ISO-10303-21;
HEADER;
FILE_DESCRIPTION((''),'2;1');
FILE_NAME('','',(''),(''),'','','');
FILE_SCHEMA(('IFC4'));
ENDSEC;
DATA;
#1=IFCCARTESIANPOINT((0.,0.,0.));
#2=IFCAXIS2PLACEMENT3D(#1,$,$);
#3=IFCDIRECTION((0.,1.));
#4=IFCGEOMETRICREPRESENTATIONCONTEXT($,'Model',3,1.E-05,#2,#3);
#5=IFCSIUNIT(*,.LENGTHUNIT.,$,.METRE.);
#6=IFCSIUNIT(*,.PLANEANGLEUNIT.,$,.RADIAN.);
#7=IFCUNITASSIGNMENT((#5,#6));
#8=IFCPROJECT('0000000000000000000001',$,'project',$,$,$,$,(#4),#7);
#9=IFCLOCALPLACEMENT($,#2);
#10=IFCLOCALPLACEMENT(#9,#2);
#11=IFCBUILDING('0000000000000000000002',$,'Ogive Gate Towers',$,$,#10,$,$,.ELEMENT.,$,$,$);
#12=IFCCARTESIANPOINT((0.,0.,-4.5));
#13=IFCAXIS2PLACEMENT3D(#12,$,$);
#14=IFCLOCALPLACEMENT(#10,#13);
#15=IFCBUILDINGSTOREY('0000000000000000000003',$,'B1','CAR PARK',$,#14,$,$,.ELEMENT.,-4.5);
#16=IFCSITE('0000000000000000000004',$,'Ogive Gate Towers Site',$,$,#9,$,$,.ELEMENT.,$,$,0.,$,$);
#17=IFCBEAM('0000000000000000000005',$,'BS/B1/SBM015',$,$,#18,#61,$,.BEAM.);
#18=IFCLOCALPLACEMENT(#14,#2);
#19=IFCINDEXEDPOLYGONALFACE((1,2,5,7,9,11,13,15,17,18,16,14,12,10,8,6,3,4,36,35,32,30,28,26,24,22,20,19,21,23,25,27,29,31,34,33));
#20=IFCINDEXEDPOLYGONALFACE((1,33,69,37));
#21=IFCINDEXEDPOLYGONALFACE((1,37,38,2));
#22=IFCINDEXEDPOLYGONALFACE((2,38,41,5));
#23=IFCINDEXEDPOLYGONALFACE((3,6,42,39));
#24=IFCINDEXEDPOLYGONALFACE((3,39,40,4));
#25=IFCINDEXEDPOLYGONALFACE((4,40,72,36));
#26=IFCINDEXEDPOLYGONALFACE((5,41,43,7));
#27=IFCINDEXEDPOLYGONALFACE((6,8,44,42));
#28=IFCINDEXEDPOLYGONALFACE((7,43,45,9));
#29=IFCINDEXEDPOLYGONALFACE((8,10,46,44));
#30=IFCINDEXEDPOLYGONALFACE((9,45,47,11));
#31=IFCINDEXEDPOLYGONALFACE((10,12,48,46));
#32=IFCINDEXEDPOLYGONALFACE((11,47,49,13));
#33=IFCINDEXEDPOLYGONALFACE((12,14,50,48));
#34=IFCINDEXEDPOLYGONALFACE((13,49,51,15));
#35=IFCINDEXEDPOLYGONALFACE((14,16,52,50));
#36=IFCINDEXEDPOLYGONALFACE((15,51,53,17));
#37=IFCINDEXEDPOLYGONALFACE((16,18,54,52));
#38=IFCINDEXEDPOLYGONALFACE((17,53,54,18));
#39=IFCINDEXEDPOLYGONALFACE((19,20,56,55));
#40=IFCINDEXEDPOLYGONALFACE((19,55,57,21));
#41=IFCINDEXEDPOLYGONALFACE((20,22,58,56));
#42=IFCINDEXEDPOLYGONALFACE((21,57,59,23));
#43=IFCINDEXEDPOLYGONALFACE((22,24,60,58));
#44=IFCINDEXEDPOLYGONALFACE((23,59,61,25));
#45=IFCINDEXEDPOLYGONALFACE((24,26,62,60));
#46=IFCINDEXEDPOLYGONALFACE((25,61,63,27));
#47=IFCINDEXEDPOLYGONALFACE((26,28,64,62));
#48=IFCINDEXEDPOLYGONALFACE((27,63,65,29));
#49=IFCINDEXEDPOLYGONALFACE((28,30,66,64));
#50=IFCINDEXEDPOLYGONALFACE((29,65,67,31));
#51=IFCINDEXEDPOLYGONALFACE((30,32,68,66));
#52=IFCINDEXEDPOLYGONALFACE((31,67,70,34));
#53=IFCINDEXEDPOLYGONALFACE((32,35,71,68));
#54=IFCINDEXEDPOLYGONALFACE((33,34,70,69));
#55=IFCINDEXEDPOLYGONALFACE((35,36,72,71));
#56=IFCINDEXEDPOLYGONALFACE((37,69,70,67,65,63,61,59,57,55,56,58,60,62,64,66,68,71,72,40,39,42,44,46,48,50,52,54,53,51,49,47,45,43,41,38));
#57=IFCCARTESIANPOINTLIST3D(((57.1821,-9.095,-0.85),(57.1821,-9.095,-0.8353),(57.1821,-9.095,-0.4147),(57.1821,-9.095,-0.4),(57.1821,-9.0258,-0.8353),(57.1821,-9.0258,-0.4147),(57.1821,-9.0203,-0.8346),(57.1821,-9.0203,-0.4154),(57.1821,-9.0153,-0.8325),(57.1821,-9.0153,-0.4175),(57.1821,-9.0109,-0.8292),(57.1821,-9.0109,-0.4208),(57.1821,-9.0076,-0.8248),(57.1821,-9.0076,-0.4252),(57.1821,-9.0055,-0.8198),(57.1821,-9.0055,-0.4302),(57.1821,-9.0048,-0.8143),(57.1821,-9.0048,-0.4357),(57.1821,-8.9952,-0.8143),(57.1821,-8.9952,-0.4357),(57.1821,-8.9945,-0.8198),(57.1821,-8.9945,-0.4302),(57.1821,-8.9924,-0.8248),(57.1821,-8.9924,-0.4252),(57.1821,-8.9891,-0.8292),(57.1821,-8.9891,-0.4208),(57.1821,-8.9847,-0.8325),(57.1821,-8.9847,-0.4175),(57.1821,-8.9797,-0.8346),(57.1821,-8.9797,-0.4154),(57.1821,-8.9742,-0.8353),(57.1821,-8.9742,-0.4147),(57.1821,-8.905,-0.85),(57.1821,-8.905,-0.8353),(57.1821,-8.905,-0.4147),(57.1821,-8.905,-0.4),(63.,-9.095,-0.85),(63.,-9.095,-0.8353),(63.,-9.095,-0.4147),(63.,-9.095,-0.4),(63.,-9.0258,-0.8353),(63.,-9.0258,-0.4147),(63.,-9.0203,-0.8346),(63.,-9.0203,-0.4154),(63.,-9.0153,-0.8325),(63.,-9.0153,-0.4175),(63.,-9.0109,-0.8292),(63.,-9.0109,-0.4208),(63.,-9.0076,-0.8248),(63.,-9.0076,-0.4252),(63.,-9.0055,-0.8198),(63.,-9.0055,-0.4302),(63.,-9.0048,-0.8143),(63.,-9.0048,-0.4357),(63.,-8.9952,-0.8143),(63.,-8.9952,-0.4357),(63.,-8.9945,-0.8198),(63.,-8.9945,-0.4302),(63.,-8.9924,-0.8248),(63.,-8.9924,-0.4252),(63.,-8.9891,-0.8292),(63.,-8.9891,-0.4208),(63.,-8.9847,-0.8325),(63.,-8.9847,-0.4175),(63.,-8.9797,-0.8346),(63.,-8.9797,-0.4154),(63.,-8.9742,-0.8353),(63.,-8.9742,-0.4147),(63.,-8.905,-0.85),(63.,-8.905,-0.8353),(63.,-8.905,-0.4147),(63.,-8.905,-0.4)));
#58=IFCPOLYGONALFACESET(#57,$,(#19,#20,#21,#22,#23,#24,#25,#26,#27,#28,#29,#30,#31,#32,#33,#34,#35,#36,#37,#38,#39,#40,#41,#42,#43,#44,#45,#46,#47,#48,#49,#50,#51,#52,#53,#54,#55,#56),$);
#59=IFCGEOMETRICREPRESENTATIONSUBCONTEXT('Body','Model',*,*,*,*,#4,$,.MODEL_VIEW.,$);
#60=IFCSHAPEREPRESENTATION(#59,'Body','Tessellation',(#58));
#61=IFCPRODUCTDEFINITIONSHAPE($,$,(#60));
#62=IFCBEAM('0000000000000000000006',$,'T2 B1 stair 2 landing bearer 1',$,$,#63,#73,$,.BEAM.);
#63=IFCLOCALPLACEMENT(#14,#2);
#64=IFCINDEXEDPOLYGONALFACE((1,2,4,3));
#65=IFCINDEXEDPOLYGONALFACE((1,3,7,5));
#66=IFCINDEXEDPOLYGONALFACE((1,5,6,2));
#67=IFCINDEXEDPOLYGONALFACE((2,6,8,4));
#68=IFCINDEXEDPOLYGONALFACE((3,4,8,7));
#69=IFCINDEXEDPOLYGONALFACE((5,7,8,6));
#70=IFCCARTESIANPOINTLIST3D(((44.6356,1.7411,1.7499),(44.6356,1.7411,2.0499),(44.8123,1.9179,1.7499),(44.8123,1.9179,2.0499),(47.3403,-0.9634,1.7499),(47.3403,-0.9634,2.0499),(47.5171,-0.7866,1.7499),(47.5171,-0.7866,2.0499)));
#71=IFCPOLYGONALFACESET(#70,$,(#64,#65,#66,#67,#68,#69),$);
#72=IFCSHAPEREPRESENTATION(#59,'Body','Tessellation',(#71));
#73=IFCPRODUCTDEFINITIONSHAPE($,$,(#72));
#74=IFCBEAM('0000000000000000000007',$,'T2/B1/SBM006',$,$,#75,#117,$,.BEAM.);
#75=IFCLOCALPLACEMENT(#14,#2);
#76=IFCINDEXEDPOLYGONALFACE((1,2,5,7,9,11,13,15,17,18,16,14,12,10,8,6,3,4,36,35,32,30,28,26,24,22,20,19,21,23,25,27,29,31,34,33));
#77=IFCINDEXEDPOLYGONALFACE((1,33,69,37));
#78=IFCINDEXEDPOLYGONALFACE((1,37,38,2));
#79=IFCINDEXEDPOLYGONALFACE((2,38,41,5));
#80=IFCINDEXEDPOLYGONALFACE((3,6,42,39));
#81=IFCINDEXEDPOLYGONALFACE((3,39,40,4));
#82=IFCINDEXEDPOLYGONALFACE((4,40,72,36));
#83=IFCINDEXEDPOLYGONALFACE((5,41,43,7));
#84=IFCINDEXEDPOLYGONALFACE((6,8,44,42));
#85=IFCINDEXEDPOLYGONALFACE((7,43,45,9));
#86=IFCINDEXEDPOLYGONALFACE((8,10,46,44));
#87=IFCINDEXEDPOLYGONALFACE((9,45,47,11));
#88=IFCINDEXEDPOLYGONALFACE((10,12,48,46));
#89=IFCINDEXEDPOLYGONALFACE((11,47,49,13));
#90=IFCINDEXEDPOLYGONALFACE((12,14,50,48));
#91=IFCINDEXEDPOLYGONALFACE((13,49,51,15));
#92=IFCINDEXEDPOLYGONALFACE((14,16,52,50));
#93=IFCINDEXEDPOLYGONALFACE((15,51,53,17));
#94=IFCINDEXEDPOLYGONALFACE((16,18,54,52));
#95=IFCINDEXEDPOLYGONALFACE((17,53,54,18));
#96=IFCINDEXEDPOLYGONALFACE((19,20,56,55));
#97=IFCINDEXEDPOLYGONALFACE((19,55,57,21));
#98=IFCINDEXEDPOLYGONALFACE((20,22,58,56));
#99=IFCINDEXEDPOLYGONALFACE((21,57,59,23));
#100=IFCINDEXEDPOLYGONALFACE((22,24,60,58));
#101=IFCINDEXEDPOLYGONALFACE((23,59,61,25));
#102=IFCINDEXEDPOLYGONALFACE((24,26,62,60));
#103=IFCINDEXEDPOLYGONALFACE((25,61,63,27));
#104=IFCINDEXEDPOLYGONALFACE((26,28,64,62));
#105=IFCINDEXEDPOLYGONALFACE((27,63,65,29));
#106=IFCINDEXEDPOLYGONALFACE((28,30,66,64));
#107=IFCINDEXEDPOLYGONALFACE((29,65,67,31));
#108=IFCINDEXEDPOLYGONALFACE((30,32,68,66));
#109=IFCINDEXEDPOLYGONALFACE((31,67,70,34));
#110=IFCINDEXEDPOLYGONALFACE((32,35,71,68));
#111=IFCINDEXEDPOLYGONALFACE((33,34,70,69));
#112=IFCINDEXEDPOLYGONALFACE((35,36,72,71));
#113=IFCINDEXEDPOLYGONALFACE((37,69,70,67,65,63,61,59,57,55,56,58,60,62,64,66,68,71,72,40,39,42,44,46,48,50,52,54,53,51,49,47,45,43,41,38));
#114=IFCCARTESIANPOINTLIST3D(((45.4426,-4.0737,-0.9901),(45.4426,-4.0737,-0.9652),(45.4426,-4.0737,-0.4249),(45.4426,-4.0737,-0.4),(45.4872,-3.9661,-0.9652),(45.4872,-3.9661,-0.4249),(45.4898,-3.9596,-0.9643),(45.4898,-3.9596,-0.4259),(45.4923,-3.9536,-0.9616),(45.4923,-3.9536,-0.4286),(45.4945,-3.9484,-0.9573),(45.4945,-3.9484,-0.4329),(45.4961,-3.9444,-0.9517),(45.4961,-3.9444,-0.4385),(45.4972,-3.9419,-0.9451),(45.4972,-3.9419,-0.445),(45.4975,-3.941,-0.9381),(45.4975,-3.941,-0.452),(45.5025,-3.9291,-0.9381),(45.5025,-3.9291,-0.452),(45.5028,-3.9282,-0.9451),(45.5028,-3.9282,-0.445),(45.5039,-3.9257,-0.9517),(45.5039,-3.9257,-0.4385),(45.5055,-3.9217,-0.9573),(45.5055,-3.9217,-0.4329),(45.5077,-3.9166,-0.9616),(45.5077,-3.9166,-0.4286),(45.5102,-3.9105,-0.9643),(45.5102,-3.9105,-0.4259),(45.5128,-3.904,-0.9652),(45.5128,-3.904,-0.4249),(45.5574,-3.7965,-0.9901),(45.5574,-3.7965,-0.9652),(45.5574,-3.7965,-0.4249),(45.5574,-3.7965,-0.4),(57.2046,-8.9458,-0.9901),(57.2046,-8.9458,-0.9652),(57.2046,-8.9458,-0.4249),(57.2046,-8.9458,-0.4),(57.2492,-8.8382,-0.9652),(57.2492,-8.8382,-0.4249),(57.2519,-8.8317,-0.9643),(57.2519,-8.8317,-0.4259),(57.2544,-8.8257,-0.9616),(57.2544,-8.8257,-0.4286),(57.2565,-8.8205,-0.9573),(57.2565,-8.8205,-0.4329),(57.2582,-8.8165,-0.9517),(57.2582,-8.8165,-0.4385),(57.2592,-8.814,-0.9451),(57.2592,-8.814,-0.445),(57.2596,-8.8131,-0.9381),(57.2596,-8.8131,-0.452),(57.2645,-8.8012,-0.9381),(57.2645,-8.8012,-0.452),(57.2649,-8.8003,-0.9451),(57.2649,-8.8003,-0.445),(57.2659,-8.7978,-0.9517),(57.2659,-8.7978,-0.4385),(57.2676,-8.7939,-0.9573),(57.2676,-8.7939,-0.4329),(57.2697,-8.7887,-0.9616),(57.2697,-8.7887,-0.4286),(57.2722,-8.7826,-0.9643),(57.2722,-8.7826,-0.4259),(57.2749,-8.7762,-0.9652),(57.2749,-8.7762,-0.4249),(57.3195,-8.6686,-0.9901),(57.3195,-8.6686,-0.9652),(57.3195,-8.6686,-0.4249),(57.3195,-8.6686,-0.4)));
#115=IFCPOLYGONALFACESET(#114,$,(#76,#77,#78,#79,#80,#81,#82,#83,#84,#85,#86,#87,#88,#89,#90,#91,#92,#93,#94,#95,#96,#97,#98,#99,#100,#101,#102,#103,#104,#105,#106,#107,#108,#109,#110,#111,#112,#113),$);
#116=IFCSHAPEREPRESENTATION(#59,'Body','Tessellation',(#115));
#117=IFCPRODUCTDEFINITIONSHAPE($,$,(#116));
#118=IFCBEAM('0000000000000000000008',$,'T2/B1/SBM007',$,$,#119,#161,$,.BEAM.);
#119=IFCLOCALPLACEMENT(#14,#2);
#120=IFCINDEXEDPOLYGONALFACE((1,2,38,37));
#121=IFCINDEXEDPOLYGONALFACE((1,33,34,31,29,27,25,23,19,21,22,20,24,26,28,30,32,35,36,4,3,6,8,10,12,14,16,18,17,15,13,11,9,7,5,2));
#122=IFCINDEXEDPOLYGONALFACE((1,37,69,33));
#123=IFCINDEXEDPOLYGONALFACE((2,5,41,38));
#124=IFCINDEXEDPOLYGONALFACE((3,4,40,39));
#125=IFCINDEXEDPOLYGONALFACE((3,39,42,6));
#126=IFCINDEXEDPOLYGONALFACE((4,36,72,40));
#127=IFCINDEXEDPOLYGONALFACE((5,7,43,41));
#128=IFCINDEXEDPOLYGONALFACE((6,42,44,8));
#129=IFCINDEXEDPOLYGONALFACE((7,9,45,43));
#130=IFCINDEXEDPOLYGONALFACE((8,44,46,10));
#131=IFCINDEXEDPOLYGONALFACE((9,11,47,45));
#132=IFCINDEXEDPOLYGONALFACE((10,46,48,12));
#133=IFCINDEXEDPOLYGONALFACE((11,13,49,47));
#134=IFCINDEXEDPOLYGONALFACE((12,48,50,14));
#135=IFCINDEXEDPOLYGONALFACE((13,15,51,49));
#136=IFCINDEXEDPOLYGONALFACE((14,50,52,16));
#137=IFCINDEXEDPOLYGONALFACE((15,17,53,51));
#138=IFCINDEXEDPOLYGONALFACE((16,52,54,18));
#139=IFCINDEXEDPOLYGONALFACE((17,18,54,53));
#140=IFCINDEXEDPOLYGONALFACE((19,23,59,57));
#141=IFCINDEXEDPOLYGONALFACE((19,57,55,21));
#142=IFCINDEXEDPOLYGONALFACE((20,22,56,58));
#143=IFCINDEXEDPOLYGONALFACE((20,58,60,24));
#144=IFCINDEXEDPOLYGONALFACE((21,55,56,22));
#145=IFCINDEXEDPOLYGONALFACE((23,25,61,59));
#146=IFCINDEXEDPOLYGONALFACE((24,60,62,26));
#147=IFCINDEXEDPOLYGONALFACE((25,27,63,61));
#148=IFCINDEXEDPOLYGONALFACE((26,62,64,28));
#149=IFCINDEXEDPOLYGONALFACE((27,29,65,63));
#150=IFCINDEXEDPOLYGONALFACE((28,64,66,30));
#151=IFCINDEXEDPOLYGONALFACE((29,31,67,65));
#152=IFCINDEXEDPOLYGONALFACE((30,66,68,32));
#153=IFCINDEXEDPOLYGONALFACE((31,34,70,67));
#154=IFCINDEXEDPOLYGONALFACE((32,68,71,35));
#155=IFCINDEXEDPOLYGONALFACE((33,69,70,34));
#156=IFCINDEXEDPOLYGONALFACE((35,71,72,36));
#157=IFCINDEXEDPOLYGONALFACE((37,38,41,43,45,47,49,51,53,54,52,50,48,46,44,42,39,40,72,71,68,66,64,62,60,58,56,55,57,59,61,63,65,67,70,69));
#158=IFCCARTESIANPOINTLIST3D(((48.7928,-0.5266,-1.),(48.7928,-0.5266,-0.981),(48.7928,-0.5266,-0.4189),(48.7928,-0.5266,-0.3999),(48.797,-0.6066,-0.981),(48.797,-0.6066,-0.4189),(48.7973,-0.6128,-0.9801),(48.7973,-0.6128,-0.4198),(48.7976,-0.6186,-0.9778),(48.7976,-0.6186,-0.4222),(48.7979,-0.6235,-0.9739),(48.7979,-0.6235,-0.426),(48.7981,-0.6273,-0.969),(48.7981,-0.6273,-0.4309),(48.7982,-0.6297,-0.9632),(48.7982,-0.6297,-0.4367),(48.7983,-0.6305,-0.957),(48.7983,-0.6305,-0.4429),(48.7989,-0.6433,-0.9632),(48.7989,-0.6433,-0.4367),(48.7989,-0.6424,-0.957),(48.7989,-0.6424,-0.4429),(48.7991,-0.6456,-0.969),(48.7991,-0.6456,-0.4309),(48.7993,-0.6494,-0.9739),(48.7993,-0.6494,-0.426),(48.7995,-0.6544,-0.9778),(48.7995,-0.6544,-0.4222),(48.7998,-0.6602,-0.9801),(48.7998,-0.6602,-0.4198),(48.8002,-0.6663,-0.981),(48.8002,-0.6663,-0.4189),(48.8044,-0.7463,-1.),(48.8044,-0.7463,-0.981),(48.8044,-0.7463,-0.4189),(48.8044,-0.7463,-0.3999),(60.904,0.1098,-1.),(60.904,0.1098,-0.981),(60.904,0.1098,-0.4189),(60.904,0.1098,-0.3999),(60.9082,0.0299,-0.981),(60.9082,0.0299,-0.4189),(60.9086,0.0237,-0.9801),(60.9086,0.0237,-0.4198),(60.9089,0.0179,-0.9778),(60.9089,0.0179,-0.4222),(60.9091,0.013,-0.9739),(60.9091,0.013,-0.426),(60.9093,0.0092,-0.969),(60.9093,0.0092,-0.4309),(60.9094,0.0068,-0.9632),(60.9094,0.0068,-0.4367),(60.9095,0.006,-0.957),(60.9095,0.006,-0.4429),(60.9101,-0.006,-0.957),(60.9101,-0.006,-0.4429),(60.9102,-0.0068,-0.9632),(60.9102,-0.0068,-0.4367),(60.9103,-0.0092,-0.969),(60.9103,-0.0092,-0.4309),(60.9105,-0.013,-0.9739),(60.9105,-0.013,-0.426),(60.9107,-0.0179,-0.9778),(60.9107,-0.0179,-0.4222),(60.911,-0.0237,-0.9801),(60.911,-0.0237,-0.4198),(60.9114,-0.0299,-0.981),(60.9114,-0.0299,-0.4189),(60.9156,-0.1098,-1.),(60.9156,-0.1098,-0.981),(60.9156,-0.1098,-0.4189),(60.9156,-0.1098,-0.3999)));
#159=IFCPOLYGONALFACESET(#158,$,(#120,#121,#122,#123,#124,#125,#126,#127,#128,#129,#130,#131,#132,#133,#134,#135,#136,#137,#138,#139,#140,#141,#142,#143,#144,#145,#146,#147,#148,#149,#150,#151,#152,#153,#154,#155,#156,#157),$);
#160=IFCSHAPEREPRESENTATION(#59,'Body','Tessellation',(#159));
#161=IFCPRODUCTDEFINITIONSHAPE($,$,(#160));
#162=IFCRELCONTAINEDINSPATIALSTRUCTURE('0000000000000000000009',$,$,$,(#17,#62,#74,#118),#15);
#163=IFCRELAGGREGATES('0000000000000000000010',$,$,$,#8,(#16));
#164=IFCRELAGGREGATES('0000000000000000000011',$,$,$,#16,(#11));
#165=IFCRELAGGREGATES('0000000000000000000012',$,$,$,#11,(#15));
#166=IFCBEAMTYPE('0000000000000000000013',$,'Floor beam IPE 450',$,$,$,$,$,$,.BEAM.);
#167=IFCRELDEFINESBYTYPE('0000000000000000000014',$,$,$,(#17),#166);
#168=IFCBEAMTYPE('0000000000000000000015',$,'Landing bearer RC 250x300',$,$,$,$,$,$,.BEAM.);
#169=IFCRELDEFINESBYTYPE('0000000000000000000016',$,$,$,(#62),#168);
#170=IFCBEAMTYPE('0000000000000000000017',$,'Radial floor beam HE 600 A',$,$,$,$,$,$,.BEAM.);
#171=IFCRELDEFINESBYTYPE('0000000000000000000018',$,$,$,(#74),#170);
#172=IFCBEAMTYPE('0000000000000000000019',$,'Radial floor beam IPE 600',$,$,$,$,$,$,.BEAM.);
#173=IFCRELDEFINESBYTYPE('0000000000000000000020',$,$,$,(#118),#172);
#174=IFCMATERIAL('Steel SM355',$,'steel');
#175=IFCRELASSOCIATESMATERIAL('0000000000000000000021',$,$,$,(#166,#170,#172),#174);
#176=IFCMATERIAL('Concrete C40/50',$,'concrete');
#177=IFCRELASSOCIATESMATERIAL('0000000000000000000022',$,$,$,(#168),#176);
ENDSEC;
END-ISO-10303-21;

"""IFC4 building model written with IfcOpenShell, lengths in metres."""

from ifc_helpers import new_model, si_unit, direction, frame, origin, origin_2d, place, context, subcontext, project, spatial, rectangle, i_section, extrude, material, material_profile, profile_set, type_object, element, save


model = new_model("IFC4")

# Units and contexts
model_context = context("Model", 3, precision=1e-05, world=origin(), true_north=direction((0.0, 1.0)))
body_context = subcontext(model_context, "Body", "Model", "MODEL_VIEW")
ifc_project = project(units=[si_unit("LENGTHUNIT", "METRE"), si_unit("PLANEANGLEUNIT", "RADIAN")], contexts=[model_context])

# Site, building, storey
site_placement = place(None, origin())
site = spatial("IfcSite", under=ifc_project, at=site_placement, Name="Ogive Gate Towers Site", CompositionType="ELEMENT", RefElevation=0.0)
building_placement = place(site_placement, origin())
building = spatial("IfcBuilding", under=site, at=building_placement, Name="Ogive Gate Towers", CompositionType="ELEMENT")
storey_placement = place(building_placement, frame((0.0, 0.0, -4.5)))
storey = spatial("IfcBuildingStorey", under=building, at=storey_placement, Name="B1", Description="CAR PARK", CompositionType="ELEMENT", Elevation=-4.5)

# Beams
ifc_material_1 = material(Name="Steel SM355", Category="steel")
ifc_material_profile_1 = material_profile(ifc_material_1, i_section(OverallWidth=0.1899, OverallDepth=0.45, WebThickness=0.0095, FlangeThickness=0.0146, FilletRadius=0.021, at=origin_2d()), Name="IPE 450")
ifc_profile_set_1 = profile_set([ifc_material_profile_1], Name="Steel SM355")
beam_type_1 = type_object("IfcBeamType", Name="Floor beam IPE 450", PredefinedType="BEAM", material=ifc_profile_set_1)
beam_1_placement = place(storey_placement, frame((63.0, -9.0, -0.625), z_axis=(-1.0, 0.0, 0.0), x_axis=(0.0, -1.0, 0.0)))
element("IfcBeam", 1, at=beam_1_placement, inside=storey, type_object=beam_type_1, Name="BS/B1/SBM015", PredefinedType="BEAM", context=body_context, shape_type="SweptSolid", body=[
    extrude(i_section(OverallWidth=0.1899, OverallDepth=0.45, WebThickness=0.0095, FlangeThickness=0.0146, FilletRadius=0.021, at=origin_2d()), origin(), (0.0, 0.0, 1.0), 5.8179),
])
ifc_material_2 = material(Name="Concrete C40/50", Category="concrete")
ifc_material_profile_2 = material_profile(ifc_material_2, rectangle(XDim=0.25, YDim=0.3, at=origin_2d()), Name="RC 250x300")
ifc_profile_set_2 = profile_set([ifc_material_profile_2], Name="Concrete C40/50")
beam_type_2 = type_object("IfcBeamType", Name="Landing bearer RC 250x300", PredefinedType="BEAM", material=ifc_profile_set_2)
beam_2_placement = place(storey_placement, frame((47.4287, -0.875, 1.8999), z_axis=(-0.707139, 0.707075, 0.0), x_axis=(-0.707075, -0.707139, 0.0)))
element("IfcBeam", 2, at=beam_2_placement, inside=storey, type_object=beam_type_2, Name="T2 B1 stair 2 landing bearer 1", PredefinedType="BEAM", context=body_context, shape_type="SweptSolid", body=[
    extrude(rectangle(XDim=0.25, YDim=0.3, at=origin_2d()), origin(), (0.0, 0.0, 1.0), 3.825),
])
ifc_material_profile_3 = material_profile(ifc_material_1, i_section(OverallWidth=0.3, OverallDepth=0.5901, WebThickness=0.0129, FlangeThickness=0.0249, FilletRadius=0.0271, at=origin_2d()), Name="HE 600 A")
ifc_profile_set_3 = profile_set([ifc_material_profile_3], Name="Steel SM355")
beam_type_3 = type_object("IfcBeamType", Name="Radial floor beam HE 600 A", PredefinedType="BEAM", material=ifc_profile_set_3)
beam_3_placement = place(storey_placement, frame((45.5, -3.9351, -0.6951), z_axis=(0.923877, -0.382691, 0.0), x_axis=(0.382691, 0.923877, 0.0)))
element("IfcBeam", 3, at=beam_3_placement, inside=storey, type_object=beam_type_3, Name="T2/B1/SBM006", PredefinedType="BEAM", context=body_context, shape_type="SweptSolid", body=[
    extrude(i_section(OverallWidth=0.3, OverallDepth=0.5901, WebThickness=0.0129, FlangeThickness=0.0249, FilletRadius=0.0271, at=origin_2d()), origin(), (0.0, 0.0, 1.0), 12.7312),
])
ifc_material_profile_4 = material_profile(ifc_material_1, i_section(OverallWidth=0.22, OverallDepth=0.6001, WebThickness=0.012, FlangeThickness=0.019, FilletRadius=0.0239, at=origin_2d()), Name="IPE 600")
ifc_profile_set_4 = profile_set([ifc_material_profile_4], Name="Steel SM355")
beam_type_4 = type_object("IfcBeamType", Name="Radial floor beam IPE 600", PredefinedType="BEAM", material=ifc_profile_set_4)
beam_4_placement = place(storey_placement, frame((48.7986, -0.6365, -0.7), z_axis=(0.998622, 0.05248, 0.0), x_axis=(-0.05248, 0.998622, 0.0)))
element("IfcBeam", 4, at=beam_4_placement, inside=storey, type_object=beam_type_4, Name="T2/B1/SBM007", PredefinedType="BEAM", context=body_context, shape_type="SweptSolid", body=[
    extrude(i_section(OverallWidth=0.22, OverallDepth=0.6001, WebThickness=0.012, FlangeThickness=0.019, FilletRadius=0.0239, at=origin_2d()), origin(), (0.0, 0.0, 1.0), 12.1279),
])

save(model, "model.ifc")
